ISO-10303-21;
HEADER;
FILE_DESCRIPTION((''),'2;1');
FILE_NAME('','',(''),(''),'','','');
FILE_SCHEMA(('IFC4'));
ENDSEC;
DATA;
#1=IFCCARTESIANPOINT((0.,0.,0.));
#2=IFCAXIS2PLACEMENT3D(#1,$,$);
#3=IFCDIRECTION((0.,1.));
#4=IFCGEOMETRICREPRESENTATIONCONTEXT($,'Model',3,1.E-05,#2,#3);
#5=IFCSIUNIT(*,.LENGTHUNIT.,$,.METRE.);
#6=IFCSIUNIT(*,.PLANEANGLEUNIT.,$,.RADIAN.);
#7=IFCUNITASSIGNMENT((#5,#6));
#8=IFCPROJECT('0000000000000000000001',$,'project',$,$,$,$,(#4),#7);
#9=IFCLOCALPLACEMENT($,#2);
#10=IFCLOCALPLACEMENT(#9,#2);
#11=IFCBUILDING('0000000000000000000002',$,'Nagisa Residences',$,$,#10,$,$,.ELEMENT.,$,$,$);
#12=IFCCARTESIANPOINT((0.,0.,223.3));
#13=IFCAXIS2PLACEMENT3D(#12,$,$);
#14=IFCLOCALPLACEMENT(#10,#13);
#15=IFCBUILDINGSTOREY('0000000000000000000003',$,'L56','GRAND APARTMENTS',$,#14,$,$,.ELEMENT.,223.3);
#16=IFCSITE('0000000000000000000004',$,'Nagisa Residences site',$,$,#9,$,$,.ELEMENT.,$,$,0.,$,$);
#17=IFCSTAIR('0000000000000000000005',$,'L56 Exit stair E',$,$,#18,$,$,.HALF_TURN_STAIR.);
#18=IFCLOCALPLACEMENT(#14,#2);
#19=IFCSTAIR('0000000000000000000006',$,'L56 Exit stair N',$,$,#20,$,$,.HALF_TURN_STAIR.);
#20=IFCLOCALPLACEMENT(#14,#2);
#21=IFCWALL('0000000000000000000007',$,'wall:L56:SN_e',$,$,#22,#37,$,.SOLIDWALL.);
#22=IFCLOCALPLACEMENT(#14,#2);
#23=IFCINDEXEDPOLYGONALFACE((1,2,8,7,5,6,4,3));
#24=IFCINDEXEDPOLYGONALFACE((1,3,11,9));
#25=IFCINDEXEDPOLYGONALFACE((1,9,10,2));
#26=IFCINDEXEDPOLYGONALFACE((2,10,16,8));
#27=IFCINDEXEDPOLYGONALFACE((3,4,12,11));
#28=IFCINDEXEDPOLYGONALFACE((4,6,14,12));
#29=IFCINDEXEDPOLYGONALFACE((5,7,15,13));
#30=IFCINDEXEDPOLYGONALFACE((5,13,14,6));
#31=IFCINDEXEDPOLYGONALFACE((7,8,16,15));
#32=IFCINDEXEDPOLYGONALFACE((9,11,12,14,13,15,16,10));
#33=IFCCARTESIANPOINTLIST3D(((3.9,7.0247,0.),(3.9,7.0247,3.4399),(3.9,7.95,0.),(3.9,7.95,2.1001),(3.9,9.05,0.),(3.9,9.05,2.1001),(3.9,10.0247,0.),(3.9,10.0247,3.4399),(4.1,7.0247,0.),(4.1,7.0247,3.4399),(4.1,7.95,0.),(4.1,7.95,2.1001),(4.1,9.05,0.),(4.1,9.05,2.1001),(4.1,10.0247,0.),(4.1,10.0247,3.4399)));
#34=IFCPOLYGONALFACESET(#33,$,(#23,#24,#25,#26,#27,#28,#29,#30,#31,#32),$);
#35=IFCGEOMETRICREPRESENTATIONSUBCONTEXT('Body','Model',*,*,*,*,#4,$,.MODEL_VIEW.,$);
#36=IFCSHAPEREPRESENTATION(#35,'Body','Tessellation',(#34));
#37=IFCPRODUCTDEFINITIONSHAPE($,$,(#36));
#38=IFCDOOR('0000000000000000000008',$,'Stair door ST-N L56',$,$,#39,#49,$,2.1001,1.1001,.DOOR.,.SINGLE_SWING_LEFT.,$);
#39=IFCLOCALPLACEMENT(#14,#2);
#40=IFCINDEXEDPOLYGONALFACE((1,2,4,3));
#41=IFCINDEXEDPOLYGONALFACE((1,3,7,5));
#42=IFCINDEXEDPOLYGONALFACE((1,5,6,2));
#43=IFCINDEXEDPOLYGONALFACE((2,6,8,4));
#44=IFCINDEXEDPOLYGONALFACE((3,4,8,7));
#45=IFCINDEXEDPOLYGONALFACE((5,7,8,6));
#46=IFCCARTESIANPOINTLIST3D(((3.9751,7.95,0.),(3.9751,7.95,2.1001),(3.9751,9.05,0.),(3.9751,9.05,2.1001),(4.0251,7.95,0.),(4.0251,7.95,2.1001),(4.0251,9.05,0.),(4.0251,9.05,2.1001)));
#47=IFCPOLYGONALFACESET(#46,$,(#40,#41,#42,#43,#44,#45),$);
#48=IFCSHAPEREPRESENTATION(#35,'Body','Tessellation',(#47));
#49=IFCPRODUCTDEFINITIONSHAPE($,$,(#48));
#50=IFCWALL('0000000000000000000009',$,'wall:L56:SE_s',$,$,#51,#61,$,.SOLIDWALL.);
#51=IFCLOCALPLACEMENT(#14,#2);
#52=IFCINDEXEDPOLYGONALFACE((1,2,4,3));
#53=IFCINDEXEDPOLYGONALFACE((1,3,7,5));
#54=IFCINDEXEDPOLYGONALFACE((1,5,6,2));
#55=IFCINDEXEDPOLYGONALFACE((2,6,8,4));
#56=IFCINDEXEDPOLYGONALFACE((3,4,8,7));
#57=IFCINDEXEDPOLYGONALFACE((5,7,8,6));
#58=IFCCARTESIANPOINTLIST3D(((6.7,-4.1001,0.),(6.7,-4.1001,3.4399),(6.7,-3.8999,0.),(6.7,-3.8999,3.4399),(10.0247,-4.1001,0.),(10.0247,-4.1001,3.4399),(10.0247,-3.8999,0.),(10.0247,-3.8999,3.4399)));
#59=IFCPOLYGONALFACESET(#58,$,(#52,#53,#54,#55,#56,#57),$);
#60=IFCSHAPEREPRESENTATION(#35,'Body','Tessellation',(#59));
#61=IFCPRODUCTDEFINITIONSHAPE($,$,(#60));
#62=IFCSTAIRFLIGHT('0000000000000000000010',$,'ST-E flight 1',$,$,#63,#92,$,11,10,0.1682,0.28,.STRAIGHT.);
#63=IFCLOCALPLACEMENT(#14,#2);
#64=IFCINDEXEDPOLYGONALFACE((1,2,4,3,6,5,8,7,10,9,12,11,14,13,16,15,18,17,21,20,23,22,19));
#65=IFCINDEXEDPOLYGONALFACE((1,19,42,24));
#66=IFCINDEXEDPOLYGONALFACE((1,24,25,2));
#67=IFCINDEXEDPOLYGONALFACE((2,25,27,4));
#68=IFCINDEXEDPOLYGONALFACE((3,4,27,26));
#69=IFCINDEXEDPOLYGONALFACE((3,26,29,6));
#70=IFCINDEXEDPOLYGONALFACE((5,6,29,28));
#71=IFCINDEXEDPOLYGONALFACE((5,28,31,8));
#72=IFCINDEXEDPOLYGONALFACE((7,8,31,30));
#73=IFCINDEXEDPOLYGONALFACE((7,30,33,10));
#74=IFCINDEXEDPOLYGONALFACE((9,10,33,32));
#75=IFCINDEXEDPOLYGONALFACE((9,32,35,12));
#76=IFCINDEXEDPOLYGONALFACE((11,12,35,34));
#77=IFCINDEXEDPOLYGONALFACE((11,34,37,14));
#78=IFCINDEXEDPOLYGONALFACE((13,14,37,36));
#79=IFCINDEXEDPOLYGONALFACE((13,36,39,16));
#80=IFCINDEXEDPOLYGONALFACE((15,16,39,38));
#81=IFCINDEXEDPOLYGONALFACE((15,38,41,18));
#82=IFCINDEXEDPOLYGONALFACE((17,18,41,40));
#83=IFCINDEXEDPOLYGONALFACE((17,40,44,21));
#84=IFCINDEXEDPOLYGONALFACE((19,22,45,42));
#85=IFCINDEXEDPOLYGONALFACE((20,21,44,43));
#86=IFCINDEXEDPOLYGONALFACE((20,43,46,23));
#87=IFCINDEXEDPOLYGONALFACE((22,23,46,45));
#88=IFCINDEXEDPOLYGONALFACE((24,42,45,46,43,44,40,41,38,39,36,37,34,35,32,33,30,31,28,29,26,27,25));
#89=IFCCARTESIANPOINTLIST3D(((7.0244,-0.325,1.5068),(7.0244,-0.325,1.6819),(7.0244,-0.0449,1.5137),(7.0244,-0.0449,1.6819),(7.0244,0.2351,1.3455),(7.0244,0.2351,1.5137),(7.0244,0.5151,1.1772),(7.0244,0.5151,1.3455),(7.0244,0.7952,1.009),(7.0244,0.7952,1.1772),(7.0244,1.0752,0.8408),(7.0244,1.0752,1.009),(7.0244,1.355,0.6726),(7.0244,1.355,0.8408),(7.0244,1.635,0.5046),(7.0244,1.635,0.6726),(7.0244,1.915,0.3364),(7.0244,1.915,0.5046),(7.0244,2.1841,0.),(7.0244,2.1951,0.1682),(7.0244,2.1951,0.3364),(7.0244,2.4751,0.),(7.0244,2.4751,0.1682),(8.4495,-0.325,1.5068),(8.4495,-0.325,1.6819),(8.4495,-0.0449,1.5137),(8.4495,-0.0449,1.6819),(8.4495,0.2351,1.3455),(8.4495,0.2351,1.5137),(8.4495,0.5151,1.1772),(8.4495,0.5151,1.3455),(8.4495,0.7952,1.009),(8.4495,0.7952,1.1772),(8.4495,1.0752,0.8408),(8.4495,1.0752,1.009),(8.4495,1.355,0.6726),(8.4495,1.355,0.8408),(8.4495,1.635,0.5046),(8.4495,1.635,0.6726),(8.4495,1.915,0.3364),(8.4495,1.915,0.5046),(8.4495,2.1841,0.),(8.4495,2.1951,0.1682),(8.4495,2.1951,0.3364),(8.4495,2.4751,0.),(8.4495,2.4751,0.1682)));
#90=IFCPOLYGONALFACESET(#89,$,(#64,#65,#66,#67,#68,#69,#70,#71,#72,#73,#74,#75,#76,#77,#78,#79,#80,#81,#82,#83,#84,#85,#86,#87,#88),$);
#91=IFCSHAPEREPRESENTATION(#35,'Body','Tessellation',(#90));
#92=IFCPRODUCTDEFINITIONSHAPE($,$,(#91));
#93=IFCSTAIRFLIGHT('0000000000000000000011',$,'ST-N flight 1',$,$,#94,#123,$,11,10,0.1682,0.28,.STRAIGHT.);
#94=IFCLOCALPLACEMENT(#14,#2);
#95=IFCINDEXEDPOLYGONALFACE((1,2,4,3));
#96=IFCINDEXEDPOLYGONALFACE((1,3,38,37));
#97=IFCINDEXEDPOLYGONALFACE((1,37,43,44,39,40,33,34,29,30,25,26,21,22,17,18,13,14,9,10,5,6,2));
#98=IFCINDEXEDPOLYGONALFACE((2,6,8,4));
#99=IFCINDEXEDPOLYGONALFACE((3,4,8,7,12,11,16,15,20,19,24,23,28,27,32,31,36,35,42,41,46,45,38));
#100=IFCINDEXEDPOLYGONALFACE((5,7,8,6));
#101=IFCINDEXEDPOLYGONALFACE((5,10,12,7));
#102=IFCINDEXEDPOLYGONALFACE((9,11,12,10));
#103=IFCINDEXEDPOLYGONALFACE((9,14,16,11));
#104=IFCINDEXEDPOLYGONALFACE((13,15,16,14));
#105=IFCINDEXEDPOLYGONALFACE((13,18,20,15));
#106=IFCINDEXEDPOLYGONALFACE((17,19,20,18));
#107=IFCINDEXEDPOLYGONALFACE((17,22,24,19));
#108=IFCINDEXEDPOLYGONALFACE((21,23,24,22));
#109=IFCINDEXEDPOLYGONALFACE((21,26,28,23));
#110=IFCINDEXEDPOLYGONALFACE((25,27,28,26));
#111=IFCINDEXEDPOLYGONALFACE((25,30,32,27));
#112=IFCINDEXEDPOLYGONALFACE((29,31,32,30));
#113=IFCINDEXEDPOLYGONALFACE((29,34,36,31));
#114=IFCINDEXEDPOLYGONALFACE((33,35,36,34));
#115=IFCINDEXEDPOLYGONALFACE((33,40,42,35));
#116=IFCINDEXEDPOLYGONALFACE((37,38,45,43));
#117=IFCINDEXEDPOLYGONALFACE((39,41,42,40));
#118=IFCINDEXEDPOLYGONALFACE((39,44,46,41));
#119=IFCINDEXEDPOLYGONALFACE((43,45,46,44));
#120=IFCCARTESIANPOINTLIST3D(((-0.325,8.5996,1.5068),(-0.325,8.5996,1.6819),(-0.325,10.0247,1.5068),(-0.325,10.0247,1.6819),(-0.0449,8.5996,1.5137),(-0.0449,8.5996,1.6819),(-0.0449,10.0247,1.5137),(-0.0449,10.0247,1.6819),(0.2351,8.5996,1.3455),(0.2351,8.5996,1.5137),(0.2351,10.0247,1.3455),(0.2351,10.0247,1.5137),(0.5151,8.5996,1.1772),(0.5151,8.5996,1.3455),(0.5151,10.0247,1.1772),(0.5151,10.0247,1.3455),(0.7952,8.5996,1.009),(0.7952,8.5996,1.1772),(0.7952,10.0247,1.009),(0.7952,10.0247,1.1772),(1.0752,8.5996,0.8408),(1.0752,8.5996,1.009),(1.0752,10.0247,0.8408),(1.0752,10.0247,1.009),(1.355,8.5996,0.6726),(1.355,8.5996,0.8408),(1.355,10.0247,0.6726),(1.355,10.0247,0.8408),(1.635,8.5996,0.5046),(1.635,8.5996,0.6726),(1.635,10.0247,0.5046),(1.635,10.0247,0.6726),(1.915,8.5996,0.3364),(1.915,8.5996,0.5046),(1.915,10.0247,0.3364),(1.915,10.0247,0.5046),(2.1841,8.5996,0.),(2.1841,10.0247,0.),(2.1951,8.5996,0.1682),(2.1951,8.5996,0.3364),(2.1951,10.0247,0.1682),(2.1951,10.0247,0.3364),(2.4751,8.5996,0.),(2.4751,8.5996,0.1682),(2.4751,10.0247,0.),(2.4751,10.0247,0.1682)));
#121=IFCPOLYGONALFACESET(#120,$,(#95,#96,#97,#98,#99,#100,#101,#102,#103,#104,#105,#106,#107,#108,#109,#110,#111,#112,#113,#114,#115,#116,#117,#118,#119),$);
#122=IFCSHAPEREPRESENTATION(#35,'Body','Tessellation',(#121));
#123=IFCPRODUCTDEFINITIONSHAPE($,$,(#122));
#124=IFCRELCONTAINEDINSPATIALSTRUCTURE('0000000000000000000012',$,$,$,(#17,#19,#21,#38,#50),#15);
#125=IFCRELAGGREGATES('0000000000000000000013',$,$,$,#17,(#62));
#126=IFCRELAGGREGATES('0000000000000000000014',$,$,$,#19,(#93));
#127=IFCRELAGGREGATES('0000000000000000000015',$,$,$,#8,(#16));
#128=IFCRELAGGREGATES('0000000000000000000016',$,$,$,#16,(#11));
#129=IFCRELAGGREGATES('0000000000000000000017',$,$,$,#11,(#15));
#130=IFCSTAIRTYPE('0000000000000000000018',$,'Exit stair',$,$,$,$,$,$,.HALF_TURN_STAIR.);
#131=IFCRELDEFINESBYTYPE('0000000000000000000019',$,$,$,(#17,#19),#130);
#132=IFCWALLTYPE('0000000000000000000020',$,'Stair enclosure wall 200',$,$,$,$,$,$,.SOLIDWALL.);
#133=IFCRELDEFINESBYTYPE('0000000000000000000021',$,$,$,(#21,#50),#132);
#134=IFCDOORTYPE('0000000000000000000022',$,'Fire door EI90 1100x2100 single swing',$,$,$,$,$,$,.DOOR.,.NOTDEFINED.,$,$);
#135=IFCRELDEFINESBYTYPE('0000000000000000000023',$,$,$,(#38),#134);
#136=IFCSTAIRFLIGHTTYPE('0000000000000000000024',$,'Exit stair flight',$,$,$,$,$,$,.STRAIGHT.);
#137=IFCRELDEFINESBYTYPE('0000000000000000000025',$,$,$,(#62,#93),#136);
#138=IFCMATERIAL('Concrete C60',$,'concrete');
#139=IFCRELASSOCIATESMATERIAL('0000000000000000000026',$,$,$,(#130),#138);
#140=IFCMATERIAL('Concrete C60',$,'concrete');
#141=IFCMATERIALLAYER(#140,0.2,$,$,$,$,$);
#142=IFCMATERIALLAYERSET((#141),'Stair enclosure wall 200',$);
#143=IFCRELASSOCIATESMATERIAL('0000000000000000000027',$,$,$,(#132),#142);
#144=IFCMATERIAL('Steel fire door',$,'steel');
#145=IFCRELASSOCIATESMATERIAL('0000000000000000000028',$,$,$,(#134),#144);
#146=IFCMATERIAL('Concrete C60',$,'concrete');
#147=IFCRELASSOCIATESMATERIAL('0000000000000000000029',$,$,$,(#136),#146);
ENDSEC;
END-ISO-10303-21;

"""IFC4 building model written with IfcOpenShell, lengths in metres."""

from ifc_helpers import new_model, si_unit, direction, frame, frame_2d, origin, place, context, subcontext, project, spatial, polyline, rectangle, outline, extrude, material, layer, layer_set, type_object, element, fill, aggregate, save


model = new_model("IFC4")

# Units and contexts
model_context = context("Model", 3, precision=1e-05, world=origin(), true_north=direction((0.0, 1.0)))
body_context = subcontext(model_context, "Body", "Model", "MODEL_VIEW")
ifc_project = project(units=[si_unit("LENGTHUNIT", "METRE"), si_unit("PLANEANGLEUNIT", "RADIAN")], contexts=[model_context])

# Site, building, storey
site_placement = place(None, origin())
site = spatial("IfcSite", under=ifc_project, at=site_placement, Name="Nagisa Residences site", CompositionType="ELEMENT", RefElevation=0.0)
building_placement = place(site_placement, origin())
building = spatial("IfcBuilding", under=site, at=building_placement, Name="Nagisa Residences", CompositionType="ELEMENT")
storey_placement = place(building_placement, frame((0.0, 0.0, 223.3)))
storey = spatial("IfcBuildingStorey", under=building, at=storey_placement, Name="L56", Description="GRAND APARTMENTS", CompositionType="ELEMENT", Elevation=223.3)

# Stairs
ifc_material_1 = material(Name="Concrete C60", Category="concrete")
stair_type = type_object("IfcStairType", Name="Exit stair", PredefinedType="HALF_TURN_STAIR", material=ifc_material_1)
stair_1_placement = place(storey_placement, origin())
stair_1 = element("IfcStair", 1, at=stair_1_placement, inside=storey, type_object=stair_type, Name="L56 Exit stair E", PredefinedType="HALF_TURN_STAIR")
stair_2_placement = place(storey_placement, origin())
stair_2 = element("IfcStair", 2, at=stair_2_placement, inside=storey, type_object=stair_type, Name="L56 Exit stair N", PredefinedType="HALF_TURN_STAIR")

# Wall, opening, door
ifc_material_2 = material(Name="Concrete C60", Category="concrete")
ifc_layer_1 = layer(ifc_material_2, 0.2)
ifc_layer_set_1 = layer_set([ifc_layer_1], Name="Stair enclosure wall 200")
wall_type_1 = type_object("IfcWallType", Name="Stair enclosure wall 200", PredefinedType="SOLIDWALL", material=ifc_layer_set_1)
ifc_material_3 = material(Name="Steel fire door", Category="steel")
door_type_1 = type_object("IfcDoorType", Name="Fire door EI90 1100x2100 single swing", OperationType="NOTDEFINED", PredefinedType="DOOR", material=ifc_material_3)
wall_1_placement = place(storey_placement, frame((4.0, 7.0247, 0.0), z_axis=(0.0, 0.0, 1.0), x_axis=(0.0, 1.0, 0.0)))
wall_1 = element("IfcWall", 3, at=wall_1_placement, inside=storey, type_object=wall_type_1, Name="wall:L56:SN_e", PredefinedType="SOLIDWALL", context=body_context, shape_type="SweptSolid", body=[
    extrude(rectangle(XDim=3.0, YDim=0.2, at=frame_2d((1.5, 0.0))), origin(), (0.0, 0.0, 1.0), 3.4399),
])
opening_1_placement = place(wall_1_placement, frame((0.9253, 0.0, 0.0)))
opening_1 = element("IfcOpeningElement", 4, at=opening_1_placement, cuts=wall_1, PredefinedType="OPENING", context=body_context, shape_type="SweptSolid", body=[
    extrude(rectangle(XDim=1.1001, YDim=2.1001, at=frame_2d((0.55, 1.05))), frame((0.0, 0.1099, 0.0), z_axis=(0.0, -1.0, 0.0), x_axis=(1.0, 0.0, 0.0)), (0.0, 0.0, 1.0), 0.22),
])
door_1_placement = place(opening_1_placement, origin())
door_1 = element("IfcDoor", 5, at=door_1_placement, inside=storey, type_object=door_type_1, Name="Stair door ST-N L56", OperationType="SINGLE_SWING_LEFT", OverallHeight=2.1001, OverallWidth=1.1001, PredefinedType="DOOR", context=body_context, shape_type="SweptSolid", body=[
    extrude(rectangle(XDim=1.1001, YDim=2.1001, at=frame_2d((0.55, 1.05))), frame((0.0, 0.0249, 0.0), z_axis=(0.0, -1.0, 0.0), x_axis=(1.0, 0.0, 0.0)), (0.0, 0.0, 1.0), 0.05),
])
fill(opening_1, door_1)

# Wall
wall_2_placement = place(storey_placement, origin())
element("IfcWall", 6, at=wall_2_placement, inside=storey, type_object=wall_type_1, Name="wall:L56:SE_s", PredefinedType="SOLIDWALL", context=body_context, shape_type="SweptSolid", body=[
    extrude(outline(polyline([(10.0247, -4.1001), (6.7, -4.1001), (6.7, -3.8999), (10.0247, -3.8999), (10.0247, -4.1001)])), origin(), (0.0, 0.0, 1.0), 3.4399),
])

# Stair flights
ifc_material_4 = material(Name="Concrete C60", Category="concrete")
stair_flight_type = type_object("IfcStairFlightType", Name="Exit stair flight", PredefinedType="STRAIGHT", material=ifc_material_4)
stair_flight_1_placement = place(storey_placement, frame((7.7371, 2.4751, 0.0), z_axis=(0.0, 0.0, 1.0), x_axis=(0.0, -1.0, 0.0)))
stair_flight_1 = element("IfcStairFlight", 7, at=stair_flight_1_placement, type_object=stair_flight_type, Name="ST-E flight 1", NumberOfRisers=11, NumberOfTreads=10, PredefinedType="STRAIGHT", RiserHeight=0.1682, TreadLength=0.28, context=body_context, shape_type="SweptSolid", body=[
    extrude(outline(polyline([(0.0, 0.0), (0.0, 0.1682), (0.28, 0.1682), (0.28, 0.3364), (0.5601, 0.3364), (0.5601, 0.5046), (0.8401, 0.5046), (0.8401, 0.6726), (1.1201, 0.6726), (1.1201, 0.8408), (1.3999, 0.8408), (1.3999, 1.009), (1.6799, 1.009), (1.6799, 1.1772), (1.96, 1.1772), (1.96, 1.3455), (2.24, 1.3455), (2.24, 1.5137), (2.52, 1.5137), (2.52, 1.6819), (2.8, 1.6819), (2.8, 1.8501), (2.8, 1.5068), (0.291, 0.0), (0.0, 0.0)])), frame((0.0, 0.7124, 0.0), z_axis=(0.0, -1.0, 0.0), x_axis=(1.0, 0.0, 0.0)), (0.0, 0.0, 1.0), 1.425),
])
aggregate(stair_1, [stair_flight_1])
stair_flight_2_placement = place(storey_placement, frame((2.4751, 9.312, 0.0), z_axis=(0.0, 0.0, 1.0), x_axis=(-1.0, 0.0, 0.0)))
stair_flight_2 = element("IfcStairFlight", 8, at=stair_flight_2_placement, type_object=stair_flight_type, Name="ST-N flight 1", NumberOfRisers=11, NumberOfTreads=10, PredefinedType="STRAIGHT", RiserHeight=0.1682, TreadLength=0.28, context=body_context, shape_type="SweptSolid", body=[
    extrude(outline(polyline([(0.0, 0.0), (0.0, 0.1682), (0.28, 0.1682), (0.28, 0.3364), (0.5601, 0.3364), (0.5601, 0.5046), (0.8401, 0.5046), (0.8401, 0.6726), (1.1201, 0.6726), (1.1201, 0.8408), (1.3999, 0.8408), (1.3999, 1.009), (1.6799, 1.009), (1.6799, 1.1772), (1.96, 1.1772), (1.96, 1.3455), (2.24, 1.3455), (2.24, 1.5137), (2.52, 1.5137), (2.52, 1.6819), (2.8, 1.6819), (2.8, 1.8501), (2.8, 1.5068), (0.291, 0.0), (0.0, 0.0)])), frame((0.0, 0.7124, 0.0), z_axis=(0.0, -1.0, 0.0), x_axis=(1.0, 0.0, 0.0)), (0.0, 0.0, 1.0), 1.425),
])
aggregate(stair_2, [stair_flight_2])

save(model, "model.ifc")
